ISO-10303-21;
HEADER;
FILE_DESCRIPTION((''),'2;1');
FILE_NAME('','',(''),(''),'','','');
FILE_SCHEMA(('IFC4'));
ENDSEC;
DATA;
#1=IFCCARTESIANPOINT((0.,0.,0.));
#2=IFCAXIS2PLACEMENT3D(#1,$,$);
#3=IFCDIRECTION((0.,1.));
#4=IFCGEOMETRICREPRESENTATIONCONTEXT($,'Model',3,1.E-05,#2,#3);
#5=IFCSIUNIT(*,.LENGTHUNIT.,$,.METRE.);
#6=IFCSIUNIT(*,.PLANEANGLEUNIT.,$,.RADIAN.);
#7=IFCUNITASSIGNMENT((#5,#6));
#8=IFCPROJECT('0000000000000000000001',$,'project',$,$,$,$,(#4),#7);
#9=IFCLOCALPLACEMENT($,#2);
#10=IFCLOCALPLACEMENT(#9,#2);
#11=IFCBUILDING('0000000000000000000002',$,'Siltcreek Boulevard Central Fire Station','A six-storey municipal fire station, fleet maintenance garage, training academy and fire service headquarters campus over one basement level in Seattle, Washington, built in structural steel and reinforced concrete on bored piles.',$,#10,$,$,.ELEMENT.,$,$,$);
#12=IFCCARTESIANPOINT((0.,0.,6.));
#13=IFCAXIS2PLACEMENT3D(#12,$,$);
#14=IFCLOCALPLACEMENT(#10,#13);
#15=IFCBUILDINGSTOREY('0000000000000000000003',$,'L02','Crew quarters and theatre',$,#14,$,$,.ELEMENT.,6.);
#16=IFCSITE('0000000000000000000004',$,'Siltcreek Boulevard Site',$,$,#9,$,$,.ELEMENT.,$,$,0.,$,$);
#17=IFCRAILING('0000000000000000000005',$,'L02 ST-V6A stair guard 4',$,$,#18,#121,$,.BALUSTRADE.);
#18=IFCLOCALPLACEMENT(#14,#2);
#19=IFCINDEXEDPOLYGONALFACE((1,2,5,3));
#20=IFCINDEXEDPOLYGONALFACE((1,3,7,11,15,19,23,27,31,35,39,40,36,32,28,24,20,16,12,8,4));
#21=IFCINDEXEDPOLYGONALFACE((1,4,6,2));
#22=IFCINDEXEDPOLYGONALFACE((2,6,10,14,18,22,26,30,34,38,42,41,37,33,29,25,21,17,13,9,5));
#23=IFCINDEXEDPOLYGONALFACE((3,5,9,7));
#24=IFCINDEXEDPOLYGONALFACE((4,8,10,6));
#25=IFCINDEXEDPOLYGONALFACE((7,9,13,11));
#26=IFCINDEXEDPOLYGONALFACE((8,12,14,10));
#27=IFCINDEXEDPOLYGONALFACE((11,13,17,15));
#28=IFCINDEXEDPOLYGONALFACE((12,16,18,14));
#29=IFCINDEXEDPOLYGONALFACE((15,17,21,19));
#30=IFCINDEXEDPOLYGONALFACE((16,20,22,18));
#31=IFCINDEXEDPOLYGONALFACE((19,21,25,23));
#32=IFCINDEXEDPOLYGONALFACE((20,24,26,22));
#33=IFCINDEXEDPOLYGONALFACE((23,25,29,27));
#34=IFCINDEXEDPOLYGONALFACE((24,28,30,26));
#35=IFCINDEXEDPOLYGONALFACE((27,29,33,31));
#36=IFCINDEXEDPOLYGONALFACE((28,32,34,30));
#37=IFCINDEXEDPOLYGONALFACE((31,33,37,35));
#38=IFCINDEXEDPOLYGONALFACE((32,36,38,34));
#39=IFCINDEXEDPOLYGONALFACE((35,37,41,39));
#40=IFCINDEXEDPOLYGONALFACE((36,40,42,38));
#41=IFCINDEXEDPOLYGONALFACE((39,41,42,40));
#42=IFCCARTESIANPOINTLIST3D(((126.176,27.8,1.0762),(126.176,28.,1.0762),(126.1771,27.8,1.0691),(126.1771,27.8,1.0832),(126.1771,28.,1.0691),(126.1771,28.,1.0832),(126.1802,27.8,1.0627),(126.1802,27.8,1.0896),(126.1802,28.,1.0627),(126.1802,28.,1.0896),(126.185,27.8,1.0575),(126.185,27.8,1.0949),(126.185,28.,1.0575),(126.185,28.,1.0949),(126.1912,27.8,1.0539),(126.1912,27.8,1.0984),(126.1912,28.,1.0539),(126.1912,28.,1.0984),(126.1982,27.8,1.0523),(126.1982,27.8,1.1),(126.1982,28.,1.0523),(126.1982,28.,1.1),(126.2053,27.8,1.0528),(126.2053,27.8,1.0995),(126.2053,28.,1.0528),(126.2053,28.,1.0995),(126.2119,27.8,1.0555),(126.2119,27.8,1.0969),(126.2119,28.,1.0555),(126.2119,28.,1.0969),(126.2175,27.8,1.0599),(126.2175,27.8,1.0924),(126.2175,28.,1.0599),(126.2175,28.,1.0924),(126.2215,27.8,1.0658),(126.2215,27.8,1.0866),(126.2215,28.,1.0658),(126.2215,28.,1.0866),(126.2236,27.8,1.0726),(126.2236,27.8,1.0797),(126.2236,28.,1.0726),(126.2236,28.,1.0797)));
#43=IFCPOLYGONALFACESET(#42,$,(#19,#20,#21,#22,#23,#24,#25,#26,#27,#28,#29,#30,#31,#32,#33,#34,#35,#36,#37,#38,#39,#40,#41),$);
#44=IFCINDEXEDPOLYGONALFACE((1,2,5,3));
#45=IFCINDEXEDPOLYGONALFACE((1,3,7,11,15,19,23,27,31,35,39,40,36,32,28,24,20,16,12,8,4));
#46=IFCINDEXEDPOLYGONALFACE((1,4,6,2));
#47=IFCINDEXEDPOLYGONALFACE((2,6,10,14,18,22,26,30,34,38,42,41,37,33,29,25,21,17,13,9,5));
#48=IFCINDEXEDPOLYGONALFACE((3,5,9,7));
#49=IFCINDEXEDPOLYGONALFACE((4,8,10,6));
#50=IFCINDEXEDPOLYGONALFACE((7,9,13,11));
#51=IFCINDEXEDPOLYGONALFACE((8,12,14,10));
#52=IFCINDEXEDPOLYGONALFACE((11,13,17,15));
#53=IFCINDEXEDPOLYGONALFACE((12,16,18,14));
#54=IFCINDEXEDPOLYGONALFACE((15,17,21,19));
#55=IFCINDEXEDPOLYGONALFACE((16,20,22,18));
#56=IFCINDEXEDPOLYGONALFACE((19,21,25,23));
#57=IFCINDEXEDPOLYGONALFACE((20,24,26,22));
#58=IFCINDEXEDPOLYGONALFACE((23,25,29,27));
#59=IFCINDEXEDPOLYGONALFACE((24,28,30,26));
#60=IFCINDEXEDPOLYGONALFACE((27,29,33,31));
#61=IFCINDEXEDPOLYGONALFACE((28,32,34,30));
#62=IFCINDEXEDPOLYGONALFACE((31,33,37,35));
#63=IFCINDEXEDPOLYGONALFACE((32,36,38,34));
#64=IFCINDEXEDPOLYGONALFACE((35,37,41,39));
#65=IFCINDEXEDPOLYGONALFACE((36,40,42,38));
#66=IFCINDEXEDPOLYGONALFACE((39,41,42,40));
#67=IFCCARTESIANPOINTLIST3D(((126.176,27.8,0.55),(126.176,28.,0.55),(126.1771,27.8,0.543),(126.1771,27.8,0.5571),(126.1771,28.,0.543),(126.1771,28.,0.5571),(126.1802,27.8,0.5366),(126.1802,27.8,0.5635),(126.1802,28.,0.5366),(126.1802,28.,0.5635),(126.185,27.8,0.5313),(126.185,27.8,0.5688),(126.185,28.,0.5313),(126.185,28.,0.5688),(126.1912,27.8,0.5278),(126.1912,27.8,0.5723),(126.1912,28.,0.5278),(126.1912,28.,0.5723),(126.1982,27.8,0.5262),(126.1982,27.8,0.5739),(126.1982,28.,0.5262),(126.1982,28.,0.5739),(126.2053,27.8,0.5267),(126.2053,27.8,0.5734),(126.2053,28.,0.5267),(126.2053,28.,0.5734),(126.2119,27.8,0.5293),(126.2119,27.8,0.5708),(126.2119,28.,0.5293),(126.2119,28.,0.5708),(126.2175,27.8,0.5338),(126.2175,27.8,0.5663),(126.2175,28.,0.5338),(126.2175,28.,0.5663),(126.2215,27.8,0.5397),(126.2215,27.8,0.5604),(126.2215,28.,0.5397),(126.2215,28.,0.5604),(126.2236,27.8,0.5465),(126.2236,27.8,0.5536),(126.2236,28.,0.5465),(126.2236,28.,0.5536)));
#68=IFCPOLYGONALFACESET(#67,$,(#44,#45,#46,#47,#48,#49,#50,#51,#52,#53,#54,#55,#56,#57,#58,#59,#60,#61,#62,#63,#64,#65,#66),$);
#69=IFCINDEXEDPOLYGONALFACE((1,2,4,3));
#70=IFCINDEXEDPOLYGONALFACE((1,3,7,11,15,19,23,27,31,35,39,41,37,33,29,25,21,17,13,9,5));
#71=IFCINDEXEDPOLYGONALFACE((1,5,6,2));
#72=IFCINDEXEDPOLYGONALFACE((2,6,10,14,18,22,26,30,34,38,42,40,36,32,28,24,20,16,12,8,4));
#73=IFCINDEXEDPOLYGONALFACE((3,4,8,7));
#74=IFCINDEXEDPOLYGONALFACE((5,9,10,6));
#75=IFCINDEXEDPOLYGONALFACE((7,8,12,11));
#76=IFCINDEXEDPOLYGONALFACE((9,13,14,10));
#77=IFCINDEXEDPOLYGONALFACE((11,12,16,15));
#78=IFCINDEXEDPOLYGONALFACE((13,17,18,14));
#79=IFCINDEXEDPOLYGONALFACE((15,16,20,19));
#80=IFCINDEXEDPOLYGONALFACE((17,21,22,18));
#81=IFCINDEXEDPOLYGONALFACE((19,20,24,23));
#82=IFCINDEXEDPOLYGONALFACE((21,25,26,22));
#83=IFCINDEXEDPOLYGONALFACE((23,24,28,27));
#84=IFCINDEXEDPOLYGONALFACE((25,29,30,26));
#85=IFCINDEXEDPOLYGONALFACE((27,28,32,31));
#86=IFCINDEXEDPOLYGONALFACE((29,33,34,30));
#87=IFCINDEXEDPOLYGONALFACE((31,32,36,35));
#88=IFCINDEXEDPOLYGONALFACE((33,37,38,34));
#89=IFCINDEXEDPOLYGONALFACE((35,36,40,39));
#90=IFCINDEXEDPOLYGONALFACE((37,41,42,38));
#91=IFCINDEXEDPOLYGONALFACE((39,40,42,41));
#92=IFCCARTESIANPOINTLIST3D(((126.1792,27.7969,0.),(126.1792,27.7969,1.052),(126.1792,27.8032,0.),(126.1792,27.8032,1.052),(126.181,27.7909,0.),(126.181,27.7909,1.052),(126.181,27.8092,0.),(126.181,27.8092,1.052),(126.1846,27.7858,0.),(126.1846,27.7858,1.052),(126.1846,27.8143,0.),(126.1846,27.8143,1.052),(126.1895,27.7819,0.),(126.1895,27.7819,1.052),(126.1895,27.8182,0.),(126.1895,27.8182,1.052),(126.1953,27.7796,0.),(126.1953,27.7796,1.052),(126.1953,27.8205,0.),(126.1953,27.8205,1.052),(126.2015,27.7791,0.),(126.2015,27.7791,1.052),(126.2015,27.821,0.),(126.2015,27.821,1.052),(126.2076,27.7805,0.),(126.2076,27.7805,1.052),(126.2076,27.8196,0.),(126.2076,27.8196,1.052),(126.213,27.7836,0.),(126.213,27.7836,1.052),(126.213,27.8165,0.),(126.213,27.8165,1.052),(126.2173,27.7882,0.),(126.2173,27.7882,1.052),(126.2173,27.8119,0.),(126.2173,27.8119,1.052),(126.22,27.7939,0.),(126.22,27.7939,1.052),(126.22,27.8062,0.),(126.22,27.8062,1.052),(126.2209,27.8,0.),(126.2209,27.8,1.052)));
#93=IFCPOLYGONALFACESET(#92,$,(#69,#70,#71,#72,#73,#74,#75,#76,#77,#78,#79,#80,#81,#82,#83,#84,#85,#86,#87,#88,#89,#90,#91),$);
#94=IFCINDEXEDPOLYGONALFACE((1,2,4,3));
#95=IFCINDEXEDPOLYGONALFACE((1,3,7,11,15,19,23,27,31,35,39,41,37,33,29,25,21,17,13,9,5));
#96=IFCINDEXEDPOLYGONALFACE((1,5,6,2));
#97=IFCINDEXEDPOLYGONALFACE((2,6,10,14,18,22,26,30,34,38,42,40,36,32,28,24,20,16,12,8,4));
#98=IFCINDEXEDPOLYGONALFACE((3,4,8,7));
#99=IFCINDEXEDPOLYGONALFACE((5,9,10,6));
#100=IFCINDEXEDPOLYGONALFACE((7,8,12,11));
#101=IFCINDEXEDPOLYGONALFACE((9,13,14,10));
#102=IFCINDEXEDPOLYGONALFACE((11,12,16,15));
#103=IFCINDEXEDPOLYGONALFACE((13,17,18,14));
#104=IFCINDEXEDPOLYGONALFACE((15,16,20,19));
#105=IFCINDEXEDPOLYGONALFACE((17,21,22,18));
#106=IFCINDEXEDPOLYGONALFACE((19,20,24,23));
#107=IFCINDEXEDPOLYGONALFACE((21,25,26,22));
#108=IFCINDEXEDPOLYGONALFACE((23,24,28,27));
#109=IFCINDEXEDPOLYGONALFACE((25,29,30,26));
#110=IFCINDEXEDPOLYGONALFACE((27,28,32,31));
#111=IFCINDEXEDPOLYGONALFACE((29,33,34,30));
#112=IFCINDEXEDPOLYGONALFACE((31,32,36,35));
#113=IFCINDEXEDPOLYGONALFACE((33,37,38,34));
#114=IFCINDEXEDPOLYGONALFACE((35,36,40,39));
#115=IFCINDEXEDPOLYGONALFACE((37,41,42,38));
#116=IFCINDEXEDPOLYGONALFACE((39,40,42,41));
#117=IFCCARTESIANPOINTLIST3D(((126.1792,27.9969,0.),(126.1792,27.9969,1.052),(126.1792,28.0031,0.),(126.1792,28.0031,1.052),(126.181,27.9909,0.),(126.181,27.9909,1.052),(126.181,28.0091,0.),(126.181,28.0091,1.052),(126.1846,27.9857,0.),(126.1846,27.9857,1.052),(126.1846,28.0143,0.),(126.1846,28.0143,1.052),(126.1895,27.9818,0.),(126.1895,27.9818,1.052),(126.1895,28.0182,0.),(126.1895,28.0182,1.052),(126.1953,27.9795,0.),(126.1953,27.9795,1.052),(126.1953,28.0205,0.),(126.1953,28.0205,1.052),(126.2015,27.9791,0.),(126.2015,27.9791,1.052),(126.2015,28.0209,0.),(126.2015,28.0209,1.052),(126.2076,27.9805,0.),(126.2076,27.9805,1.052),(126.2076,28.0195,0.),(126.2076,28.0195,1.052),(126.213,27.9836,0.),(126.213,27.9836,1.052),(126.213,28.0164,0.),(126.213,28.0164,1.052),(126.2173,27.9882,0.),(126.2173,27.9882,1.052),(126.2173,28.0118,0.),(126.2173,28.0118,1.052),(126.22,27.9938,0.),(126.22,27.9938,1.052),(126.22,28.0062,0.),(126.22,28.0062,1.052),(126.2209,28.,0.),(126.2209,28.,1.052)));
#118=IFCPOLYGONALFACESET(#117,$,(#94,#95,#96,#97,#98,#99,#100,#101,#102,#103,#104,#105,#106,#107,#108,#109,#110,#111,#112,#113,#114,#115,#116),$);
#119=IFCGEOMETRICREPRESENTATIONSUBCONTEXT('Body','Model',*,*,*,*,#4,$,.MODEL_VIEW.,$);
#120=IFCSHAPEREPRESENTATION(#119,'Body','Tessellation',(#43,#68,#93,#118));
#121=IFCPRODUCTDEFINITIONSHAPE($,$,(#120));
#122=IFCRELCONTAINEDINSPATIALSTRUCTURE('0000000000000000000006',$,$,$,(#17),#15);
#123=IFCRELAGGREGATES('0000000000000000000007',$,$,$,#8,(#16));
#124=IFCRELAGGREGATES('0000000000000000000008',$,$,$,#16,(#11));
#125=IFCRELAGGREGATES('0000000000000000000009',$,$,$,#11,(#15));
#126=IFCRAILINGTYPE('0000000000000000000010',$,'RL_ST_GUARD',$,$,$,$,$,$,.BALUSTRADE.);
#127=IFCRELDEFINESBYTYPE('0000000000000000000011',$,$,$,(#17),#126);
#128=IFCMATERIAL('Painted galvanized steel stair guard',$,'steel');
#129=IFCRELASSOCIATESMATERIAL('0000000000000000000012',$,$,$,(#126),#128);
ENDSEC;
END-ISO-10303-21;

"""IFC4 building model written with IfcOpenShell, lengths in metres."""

from ifc_helpers import new_model, si_unit, direction, frame, origin, origin_2d, place, context, subcontext, project, spatial, circle, extrude, material, type_object, element, save


model = new_model("IFC4")

# Units and contexts
model_context = context("Model", 3, precision=1e-05, world=origin(), true_north=direction((0.0, 1.0)))
body_context = subcontext(model_context, "Body", "Model", "MODEL_VIEW")
ifc_project = project(units=[si_unit("LENGTHUNIT", "METRE"), si_unit("PLANEANGLEUNIT", "RADIAN")], contexts=[model_context])

# Site, building, storey
site_placement = place(None, origin())
site = spatial("IfcSite", under=ifc_project, at=site_placement, Name="Siltcreek Boulevard Site", CompositionType="ELEMENT", RefElevation=0.0)
building_placement = place(site_placement, origin())
building = spatial("IfcBuilding", under=site, at=building_placement, Name="Siltcreek Boulevard Central Fire Station", Description="A six-storey municipal fire station, fleet maintenance garage, training academy and fire service headquarters campus over one basement level in Seattle, Washington, built in structural steel and reinforced concrete on bored piles.", CompositionType="ELEMENT")
storey_placement = place(building_placement, frame((0.0, 0.0, 6.0)))
storey = spatial("IfcBuildingStorey", under=building, at=storey_placement, Name="L02", Description="Crew quarters and theatre", CompositionType="ELEMENT", Elevation=6.0)

# Railing
ifc_material_1 = material(Name="Painted galvanized steel stair guard", Category="steel")
railing_type_1 = type_object("IfcRailingType", Name="RL_ST_GUARD", PredefinedType="BALUSTRADE", material=ifc_material_1)
railing_1_placement = place(storey_placement, frame((126.2, 27.8, 0.0)))
element("IfcRailing", 1, at=railing_1_placement, inside=storey, type_object=railing_type_1, Name="L02 ST-V6A stair guard 4", PredefinedType="BALUSTRADE", context=body_context, shape_type="SweptSolid", body=[
    extrude(circle(Radius=0.0239, at=origin_2d()), frame((0.0, 0.0, 1.0762), z_axis=(0.0, 1.0, 0.0), x_axis=(-1.0, 0.0, 0.0)), (0.0, 0.0, 1.0), 0.2),
    extrude(circle(Radius=0.0239, at=origin_2d()), frame((0.0, 0.0, 0.55), z_axis=(0.0, 1.0, 0.0), x_axis=(-1.0, 0.0, 0.0)), (0.0, 0.0, 1.0), 0.2),
    extrude(circle(Radius=0.021, at=origin_2d()), origin(), (0.0, 0.0, 1.0), 1.052),
    extrude(circle(Radius=0.021, at=origin_2d()), frame((0.0, 0.2, 0.0)), (0.0, 0.0, 1.0), 1.052),
])

save(model, "model.ifc")
